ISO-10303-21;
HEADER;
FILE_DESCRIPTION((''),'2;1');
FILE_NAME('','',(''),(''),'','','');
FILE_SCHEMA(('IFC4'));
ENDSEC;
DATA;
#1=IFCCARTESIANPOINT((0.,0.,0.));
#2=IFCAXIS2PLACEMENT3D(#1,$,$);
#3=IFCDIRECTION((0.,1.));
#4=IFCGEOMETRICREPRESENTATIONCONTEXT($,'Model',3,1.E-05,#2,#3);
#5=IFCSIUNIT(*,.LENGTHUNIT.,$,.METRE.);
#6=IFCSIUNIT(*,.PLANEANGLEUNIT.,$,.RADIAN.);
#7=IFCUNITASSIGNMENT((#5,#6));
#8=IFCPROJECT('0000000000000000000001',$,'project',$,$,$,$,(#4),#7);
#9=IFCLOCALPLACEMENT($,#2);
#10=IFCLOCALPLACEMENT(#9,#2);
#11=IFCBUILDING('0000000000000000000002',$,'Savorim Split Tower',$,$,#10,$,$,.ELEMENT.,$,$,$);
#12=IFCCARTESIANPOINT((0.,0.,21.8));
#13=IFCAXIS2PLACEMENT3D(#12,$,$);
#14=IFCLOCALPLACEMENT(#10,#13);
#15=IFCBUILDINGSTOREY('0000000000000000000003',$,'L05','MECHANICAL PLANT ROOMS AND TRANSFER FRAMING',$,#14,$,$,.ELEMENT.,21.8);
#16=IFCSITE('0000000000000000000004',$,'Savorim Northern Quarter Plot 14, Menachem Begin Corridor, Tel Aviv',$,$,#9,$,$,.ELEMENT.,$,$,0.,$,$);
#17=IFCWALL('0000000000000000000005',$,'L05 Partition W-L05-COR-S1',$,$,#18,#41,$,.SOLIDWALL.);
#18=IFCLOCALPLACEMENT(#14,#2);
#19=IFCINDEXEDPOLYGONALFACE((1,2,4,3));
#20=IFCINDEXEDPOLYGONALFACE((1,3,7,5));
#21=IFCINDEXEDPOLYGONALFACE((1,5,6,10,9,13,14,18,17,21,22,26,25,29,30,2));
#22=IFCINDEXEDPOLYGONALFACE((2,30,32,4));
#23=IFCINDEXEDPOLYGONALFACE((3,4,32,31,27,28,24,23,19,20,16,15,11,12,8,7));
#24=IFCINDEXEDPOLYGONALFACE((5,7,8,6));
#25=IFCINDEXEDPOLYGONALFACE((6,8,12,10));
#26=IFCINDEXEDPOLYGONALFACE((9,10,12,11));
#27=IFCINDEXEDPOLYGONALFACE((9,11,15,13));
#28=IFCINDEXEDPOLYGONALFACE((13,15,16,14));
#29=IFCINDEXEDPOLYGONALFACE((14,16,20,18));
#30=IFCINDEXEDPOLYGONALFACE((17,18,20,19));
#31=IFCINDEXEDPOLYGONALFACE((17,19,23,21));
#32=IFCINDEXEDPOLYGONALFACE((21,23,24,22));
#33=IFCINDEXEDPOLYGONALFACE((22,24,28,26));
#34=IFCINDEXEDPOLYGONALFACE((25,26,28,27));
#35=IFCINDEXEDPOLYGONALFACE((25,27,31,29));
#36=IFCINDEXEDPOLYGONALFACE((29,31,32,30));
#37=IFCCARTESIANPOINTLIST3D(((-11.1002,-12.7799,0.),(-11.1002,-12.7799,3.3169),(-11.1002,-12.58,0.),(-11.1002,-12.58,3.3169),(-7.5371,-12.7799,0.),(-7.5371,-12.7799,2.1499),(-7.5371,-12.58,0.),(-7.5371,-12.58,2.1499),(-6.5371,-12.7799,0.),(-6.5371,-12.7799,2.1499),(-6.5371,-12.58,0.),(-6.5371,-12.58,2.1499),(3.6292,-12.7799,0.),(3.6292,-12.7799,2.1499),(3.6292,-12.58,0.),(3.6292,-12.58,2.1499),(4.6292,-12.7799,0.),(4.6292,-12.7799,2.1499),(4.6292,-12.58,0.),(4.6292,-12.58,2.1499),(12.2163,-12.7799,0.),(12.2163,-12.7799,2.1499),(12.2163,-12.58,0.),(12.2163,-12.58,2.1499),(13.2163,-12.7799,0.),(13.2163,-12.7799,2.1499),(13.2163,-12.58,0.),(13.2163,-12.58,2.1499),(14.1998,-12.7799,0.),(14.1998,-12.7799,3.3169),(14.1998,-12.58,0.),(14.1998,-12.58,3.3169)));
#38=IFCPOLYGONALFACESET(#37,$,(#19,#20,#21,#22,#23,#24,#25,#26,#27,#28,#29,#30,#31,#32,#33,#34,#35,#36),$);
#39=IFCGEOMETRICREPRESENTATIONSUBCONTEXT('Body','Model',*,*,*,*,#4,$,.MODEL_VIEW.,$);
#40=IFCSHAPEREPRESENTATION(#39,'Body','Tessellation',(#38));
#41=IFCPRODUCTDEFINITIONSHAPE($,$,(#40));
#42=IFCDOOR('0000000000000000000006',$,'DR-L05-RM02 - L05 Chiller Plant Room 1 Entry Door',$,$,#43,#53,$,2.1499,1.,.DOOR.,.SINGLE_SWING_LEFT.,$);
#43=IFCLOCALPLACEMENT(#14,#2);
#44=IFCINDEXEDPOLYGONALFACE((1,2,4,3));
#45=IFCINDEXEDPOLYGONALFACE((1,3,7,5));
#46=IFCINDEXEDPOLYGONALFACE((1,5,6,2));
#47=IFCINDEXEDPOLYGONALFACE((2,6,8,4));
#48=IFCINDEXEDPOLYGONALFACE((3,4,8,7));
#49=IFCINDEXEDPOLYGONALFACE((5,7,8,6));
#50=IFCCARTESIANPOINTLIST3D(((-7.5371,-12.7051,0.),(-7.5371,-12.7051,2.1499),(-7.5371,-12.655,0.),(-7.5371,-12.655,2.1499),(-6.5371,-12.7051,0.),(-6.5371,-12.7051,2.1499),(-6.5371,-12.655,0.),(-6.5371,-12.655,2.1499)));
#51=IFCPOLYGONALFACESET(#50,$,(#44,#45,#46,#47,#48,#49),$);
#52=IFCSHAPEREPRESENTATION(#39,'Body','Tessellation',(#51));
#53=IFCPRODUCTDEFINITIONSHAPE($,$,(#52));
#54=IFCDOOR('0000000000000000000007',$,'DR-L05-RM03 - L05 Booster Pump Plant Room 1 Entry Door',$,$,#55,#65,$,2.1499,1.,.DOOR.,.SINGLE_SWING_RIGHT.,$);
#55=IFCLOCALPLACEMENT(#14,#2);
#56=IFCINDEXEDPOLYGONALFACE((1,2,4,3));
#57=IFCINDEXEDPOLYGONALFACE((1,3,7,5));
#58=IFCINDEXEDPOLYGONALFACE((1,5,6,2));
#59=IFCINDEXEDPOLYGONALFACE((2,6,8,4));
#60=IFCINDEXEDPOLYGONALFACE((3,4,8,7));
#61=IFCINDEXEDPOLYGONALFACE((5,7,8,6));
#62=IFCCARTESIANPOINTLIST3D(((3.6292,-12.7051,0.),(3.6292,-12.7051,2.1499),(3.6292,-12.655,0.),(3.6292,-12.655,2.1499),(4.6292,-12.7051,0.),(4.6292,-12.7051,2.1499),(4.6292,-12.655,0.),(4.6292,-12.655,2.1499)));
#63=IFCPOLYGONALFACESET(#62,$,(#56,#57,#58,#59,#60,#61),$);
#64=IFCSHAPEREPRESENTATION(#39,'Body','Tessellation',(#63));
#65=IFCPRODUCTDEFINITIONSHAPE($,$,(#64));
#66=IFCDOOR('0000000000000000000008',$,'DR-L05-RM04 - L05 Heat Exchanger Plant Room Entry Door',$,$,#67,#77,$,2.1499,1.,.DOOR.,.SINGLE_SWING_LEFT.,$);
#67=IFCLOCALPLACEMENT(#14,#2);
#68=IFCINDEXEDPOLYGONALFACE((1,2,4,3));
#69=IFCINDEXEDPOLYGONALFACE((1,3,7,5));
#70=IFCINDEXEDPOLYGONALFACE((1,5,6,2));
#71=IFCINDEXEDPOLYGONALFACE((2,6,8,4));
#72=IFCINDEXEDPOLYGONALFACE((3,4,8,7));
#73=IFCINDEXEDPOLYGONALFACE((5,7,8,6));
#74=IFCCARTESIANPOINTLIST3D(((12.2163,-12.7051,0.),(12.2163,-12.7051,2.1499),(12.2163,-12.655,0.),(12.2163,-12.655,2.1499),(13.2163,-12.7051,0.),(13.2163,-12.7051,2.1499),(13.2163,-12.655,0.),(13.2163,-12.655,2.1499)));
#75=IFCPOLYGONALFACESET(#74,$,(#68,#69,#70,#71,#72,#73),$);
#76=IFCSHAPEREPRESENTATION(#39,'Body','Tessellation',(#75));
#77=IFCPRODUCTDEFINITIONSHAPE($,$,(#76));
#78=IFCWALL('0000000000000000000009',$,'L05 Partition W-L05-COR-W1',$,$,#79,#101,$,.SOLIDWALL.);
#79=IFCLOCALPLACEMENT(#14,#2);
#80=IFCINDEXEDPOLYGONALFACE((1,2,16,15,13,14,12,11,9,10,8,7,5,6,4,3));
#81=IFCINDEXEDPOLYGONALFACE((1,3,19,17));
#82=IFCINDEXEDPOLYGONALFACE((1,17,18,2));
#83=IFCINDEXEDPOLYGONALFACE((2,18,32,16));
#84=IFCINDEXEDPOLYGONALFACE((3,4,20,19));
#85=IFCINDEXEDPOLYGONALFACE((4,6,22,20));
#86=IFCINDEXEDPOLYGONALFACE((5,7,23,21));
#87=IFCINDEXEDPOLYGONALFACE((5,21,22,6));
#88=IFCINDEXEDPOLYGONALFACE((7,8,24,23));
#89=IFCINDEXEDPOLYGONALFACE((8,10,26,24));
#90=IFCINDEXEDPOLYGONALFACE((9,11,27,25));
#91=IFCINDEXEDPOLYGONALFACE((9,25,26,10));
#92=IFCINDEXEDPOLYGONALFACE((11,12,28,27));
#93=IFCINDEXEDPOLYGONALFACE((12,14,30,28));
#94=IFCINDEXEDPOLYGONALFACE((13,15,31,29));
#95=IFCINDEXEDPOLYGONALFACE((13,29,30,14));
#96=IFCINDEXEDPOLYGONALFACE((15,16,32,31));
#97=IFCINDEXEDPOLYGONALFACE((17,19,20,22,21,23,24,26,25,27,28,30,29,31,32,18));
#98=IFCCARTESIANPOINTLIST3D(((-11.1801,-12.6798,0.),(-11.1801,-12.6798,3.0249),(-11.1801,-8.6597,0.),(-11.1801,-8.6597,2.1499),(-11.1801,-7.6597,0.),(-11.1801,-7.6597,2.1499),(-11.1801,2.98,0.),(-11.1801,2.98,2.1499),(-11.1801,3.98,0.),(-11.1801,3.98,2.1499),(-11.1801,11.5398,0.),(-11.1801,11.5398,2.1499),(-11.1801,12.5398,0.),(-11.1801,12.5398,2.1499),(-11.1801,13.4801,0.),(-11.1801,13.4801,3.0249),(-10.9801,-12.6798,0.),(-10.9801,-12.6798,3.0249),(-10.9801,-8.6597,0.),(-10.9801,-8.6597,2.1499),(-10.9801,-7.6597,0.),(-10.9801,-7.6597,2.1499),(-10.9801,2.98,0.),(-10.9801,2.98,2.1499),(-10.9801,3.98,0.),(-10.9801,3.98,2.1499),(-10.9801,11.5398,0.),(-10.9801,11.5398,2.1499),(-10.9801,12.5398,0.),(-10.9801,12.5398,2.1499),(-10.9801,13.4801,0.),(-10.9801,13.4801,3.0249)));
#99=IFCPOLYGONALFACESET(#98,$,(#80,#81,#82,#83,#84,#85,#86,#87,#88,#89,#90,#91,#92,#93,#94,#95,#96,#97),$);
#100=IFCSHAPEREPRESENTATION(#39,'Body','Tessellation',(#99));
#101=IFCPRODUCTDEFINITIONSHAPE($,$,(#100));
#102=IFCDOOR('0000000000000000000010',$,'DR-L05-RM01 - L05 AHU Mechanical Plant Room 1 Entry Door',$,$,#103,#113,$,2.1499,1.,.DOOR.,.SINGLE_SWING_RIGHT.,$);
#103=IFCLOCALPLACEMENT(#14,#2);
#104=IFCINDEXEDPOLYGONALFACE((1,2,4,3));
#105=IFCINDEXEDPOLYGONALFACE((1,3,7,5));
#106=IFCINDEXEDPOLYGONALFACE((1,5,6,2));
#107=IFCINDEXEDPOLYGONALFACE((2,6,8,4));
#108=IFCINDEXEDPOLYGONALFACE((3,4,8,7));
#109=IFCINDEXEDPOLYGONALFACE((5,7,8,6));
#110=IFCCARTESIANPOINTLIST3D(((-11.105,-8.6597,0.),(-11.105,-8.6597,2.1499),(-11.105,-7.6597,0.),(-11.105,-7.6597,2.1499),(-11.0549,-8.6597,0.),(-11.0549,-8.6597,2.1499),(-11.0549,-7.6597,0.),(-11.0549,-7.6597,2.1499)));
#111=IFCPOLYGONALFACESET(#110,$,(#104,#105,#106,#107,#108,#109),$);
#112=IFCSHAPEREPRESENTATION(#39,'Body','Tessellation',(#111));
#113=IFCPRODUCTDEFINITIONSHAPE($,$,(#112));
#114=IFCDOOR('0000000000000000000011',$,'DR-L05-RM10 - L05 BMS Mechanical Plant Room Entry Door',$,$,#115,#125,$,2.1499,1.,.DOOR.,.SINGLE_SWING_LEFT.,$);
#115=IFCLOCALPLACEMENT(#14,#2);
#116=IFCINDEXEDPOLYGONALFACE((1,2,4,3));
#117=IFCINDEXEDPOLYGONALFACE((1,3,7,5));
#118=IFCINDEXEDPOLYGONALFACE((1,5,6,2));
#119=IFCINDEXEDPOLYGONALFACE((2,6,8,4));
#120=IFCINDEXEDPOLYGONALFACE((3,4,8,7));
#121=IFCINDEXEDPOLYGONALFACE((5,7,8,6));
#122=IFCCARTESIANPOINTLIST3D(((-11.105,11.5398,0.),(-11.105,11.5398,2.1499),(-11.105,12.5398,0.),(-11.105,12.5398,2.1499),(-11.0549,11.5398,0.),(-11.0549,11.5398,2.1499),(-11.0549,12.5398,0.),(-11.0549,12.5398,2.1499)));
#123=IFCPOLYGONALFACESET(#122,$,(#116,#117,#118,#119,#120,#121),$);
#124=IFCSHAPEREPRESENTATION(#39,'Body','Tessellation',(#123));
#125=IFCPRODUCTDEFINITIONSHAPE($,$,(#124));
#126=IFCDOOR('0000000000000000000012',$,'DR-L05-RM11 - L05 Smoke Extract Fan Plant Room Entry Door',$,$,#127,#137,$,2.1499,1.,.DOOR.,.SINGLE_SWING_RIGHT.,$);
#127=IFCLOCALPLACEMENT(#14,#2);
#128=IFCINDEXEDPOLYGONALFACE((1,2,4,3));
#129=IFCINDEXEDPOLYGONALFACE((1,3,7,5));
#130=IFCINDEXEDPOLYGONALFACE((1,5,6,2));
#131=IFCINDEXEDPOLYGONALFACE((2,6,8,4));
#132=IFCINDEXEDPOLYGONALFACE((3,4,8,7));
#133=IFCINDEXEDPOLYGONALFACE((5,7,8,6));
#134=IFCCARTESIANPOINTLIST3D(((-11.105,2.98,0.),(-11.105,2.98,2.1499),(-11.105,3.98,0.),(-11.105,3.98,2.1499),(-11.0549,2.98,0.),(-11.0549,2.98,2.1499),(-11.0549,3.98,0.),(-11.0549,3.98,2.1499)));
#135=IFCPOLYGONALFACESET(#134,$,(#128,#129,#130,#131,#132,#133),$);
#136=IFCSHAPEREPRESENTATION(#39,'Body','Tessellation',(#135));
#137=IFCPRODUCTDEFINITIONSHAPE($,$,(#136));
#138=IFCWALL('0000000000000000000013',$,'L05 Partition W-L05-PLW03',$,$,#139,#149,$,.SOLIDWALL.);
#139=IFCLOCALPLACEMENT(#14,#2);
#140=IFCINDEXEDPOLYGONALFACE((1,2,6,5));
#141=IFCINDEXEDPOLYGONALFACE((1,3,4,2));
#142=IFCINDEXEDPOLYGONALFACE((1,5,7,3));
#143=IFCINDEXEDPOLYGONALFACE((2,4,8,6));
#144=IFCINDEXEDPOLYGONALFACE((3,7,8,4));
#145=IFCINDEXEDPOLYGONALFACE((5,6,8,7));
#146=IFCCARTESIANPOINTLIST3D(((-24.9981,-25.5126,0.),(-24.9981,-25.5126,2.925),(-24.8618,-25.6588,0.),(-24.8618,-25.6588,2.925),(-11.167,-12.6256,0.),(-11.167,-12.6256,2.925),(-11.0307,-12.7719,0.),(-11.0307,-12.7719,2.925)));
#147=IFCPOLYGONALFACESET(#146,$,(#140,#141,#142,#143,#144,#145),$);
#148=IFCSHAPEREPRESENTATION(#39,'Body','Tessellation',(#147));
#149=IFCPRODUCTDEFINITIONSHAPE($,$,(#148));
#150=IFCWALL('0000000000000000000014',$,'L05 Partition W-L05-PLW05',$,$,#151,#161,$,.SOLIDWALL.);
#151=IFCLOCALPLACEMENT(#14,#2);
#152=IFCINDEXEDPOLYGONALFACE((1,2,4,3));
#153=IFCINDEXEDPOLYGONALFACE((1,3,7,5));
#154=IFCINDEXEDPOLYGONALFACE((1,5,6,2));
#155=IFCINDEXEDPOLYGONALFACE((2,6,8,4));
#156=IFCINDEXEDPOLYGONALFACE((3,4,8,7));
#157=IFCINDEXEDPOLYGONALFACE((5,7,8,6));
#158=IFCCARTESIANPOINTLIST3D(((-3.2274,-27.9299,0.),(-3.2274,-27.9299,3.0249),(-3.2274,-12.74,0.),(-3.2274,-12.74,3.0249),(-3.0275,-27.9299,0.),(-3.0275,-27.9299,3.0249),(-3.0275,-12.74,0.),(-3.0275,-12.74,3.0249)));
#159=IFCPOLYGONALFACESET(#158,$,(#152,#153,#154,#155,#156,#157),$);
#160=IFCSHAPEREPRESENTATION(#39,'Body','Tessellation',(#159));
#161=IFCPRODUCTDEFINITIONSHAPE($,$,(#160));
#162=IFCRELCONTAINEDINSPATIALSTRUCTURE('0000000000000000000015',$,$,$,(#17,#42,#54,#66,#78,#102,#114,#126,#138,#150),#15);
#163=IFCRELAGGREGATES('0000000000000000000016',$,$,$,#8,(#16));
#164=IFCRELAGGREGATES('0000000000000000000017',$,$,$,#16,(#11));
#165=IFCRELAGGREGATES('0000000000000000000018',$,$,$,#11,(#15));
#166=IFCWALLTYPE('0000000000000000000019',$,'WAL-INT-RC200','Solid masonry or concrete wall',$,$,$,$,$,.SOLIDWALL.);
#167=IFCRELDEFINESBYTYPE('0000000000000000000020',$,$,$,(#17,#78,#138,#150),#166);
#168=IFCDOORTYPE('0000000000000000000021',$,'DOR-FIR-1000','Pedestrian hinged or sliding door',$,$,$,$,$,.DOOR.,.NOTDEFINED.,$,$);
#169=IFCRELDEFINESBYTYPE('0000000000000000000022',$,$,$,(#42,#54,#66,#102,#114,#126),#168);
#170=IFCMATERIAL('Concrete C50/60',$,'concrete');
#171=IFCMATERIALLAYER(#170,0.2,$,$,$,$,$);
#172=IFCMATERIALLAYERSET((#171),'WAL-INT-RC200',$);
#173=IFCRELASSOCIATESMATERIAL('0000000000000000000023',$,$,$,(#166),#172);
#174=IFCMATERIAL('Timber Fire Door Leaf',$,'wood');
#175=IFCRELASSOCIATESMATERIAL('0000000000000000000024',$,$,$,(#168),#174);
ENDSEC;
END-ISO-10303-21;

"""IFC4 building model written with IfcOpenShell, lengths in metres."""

from ifc_helpers import new_model, si_unit, direction, frame, frame_2d, origin, place, context, subcontext, project, spatial, rectangle, extrude, material, layer, layer_set, type_object, element, fill, save


model = new_model("IFC4")

# Units and contexts
model_context = context("Model", 3, precision=1e-05, world=origin(), true_north=direction((0.0, 1.0)))
body_context = subcontext(model_context, "Body", "Model", "MODEL_VIEW")
ifc_project = project(units=[si_unit("LENGTHUNIT", "METRE"), si_unit("PLANEANGLEUNIT", "RADIAN")], contexts=[model_context])

# Site, building, storey
site_placement = place(None, origin())
site = spatial("IfcSite", under=ifc_project, at=site_placement, Name="Savorim Northern Quarter Plot 14, Menachem Begin Corridor, Tel Aviv", CompositionType="ELEMENT", RefElevation=0.0)
building_placement = place(site_placement, origin())
building = spatial("IfcBuilding", under=site, at=building_placement, Name="Savorim Split Tower", CompositionType="ELEMENT")
storey_placement = place(building_placement, frame((0.0, 0.0, 21.8)))
storey = spatial("IfcBuildingStorey", under=building, at=storey_placement, Name="L05", Description="MECHANICAL PLANT ROOMS AND TRANSFER FRAMING", CompositionType="ELEMENT", Elevation=21.8)

# Shared definitions
ifc_material_1 = material(Name="Timber Fire Door Leaf", Category="wood")

# Walls, openings, doors
ifc_material_2 = material(Name="Concrete C50/60", Category="concrete")
ifc_layer_1 = layer(ifc_material_2, 0.2)
ifc_layer_set_1 = layer_set([ifc_layer_1], Name="WAL-INT-RC200")
wall_type_1 = type_object("IfcWallType", Name="WAL-INT-RC200", Description="Solid masonry or concrete wall", PredefinedType="SOLIDWALL", material=ifc_layer_set_1)
wall_1_placement = place(storey_placement, frame((-11.1001, -12.6799, 0.0), z_axis=(0.0, 0.0, 1.0), x_axis=(1.0, 0.0, 0.0)))
wall_1 = element("IfcWall", 1, at=wall_1_placement, inside=storey, type_object=wall_type_1, Name="L05 Partition W-L05-COR-S1", PredefinedType="SOLIDWALL", context=body_context, shape_type="SweptSolid", body=[
    extrude(rectangle(XDim=25.3, YDim=0.2, at=frame_2d((12.6499, 0.0))), origin(), (0.0, 0.0, 1.0), 3.3169),
])
opening_1_placement = place(wall_1_placement, frame((3.563, 0.0, 0.0)))
opening_1 = element("IfcOpeningElement", 2, at=opening_1_placement, cuts=wall_1, PredefinedType="OPENING", context=body_context, shape_type="SweptSolid", body=[
    extrude(rectangle(XDim=1.0, YDim=2.1499, at=frame_2d((0.5, 1.075))), frame((0.0, 0.1099, 0.0), z_axis=(0.0, -1.0, 0.0), x_axis=(1.0, 0.0, 0.0)), (0.0, 0.0, 1.0), 0.22),
])
opening_2_placement = place(wall_1_placement, frame((14.7292, 0.0, 0.0)))
opening_2 = element("IfcOpeningElement", 3, at=opening_2_placement, cuts=wall_1, PredefinedType="OPENING", context=body_context, shape_type="SweptSolid", body=[
    extrude(rectangle(XDim=1.0, YDim=2.1499, at=frame_2d((0.5, 1.075))), frame((0.0, 0.1099, 0.0), z_axis=(0.0, -1.0, 0.0), x_axis=(1.0, 0.0, 0.0)), (0.0, 0.0, 1.0), 0.22),
])
opening_3_placement = place(wall_1_placement, frame((23.3164, 0.0, 0.0)))
opening_3 = element("IfcOpeningElement", 4, at=opening_3_placement, cuts=wall_1, PredefinedType="OPENING", context=body_context, shape_type="SweptSolid", body=[
    extrude(rectangle(XDim=1.0, YDim=2.1499, at=frame_2d((0.5, 1.075))), frame((0.0, 0.1099, 0.0), z_axis=(0.0, -1.0, 0.0), x_axis=(1.0, 0.0, 0.0)), (0.0, 0.0, 1.0), 0.22),
])
door_type_1 = type_object("IfcDoorType", Name="DOR-FIR-1000", Description="Pedestrian hinged or sliding door", OperationType="NOTDEFINED", PredefinedType="DOOR", material=ifc_material_1)
door_1_placement = place(opening_1_placement, origin())
door_1 = element("IfcDoor", 5, at=door_1_placement, inside=storey, type_object=door_type_1, Name="DR-L05-RM02 - L05 Chiller Plant Room 1 Entry Door", OperationType="SINGLE_SWING_LEFT", OverallHeight=2.1499, OverallWidth=1.0, PredefinedType="DOOR", context=body_context, shape_type="SweptSolid", body=[
    extrude(rectangle(XDim=1.0, YDim=2.1499, at=frame_2d((0.5, 1.075))), frame((0.0, 0.0249, 0.0), z_axis=(0.0, -1.0, 0.0), x_axis=(1.0, 0.0, 0.0)), (0.0, 0.0, 1.0), 0.05),
])
fill(opening_1, door_1)
door_2_placement = place(opening_2_placement, origin())
door_2 = element("IfcDoor", 6, at=door_2_placement, inside=storey, type_object=door_type_1, Name="DR-L05-RM03 - L05 Booster Pump Plant Room 1 Entry Door", OperationType="SINGLE_SWING_RIGHT", OverallHeight=2.1499, OverallWidth=1.0, PredefinedType="DOOR", context=body_context, shape_type="SweptSolid", body=[
    extrude(rectangle(XDim=1.0, YDim=2.1499, at=frame_2d((0.5, 1.075))), frame((0.0, 0.0249, 0.0), z_axis=(0.0, -1.0, 0.0), x_axis=(1.0, 0.0, 0.0)), (0.0, 0.0, 1.0), 0.05),
])
fill(opening_2, door_2)
door_3_placement = place(opening_3_placement, origin())
door_3 = element("IfcDoor", 7, at=door_3_placement, inside=storey, type_object=door_type_1, Name="DR-L05-RM04 - L05 Heat Exchanger Plant Room Entry Door", OperationType="SINGLE_SWING_LEFT", OverallHeight=2.1499, OverallWidth=1.0, PredefinedType="DOOR", context=body_context, shape_type="SweptSolid", body=[
    extrude(rectangle(XDim=1.0, YDim=2.1499, at=frame_2d((0.5, 1.075))), frame((0.0, 0.0249, 0.0), z_axis=(0.0, -1.0, 0.0), x_axis=(1.0, 0.0, 0.0)), (0.0, 0.0, 1.0), 0.05),
])
fill(opening_3, door_3)
wall_2_placement = place(storey_placement, frame((-11.0801, -12.6799, 0.0), z_axis=(0.0, 0.0, 1.0), x_axis=(0.0, 1.0, 0.0)))
wall_2 = element("IfcWall", 8, at=wall_2_placement, inside=storey, type_object=wall_type_1, Name="L05 Partition W-L05-COR-W1", PredefinedType="SOLIDWALL", context=body_context, shape_type="SweptSolid", body=[
    extrude(rectangle(XDim=26.1599, YDim=0.2, at=frame_2d((13.0801, 0.0))), origin(), (0.0, 0.0, 1.0), 3.0249),
])
opening_4_placement = place(wall_2_placement, frame((4.0203, 0.0, 0.0)))
opening_4 = element("IfcOpeningElement", 9, at=opening_4_placement, cuts=wall_2, PredefinedType="OPENING", context=body_context, shape_type="SweptSolid", body=[
    extrude(rectangle(XDim=1.0, YDim=2.1499, at=frame_2d((0.5, 1.075))), frame((0.0, 0.1099, 0.0), z_axis=(0.0, -1.0, 0.0), x_axis=(1.0, 0.0, 0.0)), (0.0, 0.0, 1.0), 0.22),
])
opening_5_placement = place(wall_2_placement, frame((24.2197, 0.0, 0.0)))
opening_5 = element("IfcOpeningElement", 10, at=opening_5_placement, cuts=wall_2, PredefinedType="OPENING", context=body_context, shape_type="SweptSolid", body=[
    extrude(rectangle(XDim=1.0, YDim=2.1499, at=frame_2d((0.5, 1.075))), frame((0.0, 0.1099, 0.0), z_axis=(0.0, -1.0, 0.0), x_axis=(1.0, 0.0, 0.0)), (0.0, 0.0, 1.0), 0.22),
])
opening_6_placement = place(wall_2_placement, frame((15.6599, 0.0, 0.0)))
opening_6 = element("IfcOpeningElement", 11, at=opening_6_placement, cuts=wall_2, PredefinedType="OPENING", context=body_context, shape_type="SweptSolid", body=[
    extrude(rectangle(XDim=1.0, YDim=2.1499, at=frame_2d((0.5, 1.075))), frame((0.0, 0.1099, 0.0), z_axis=(0.0, -1.0, 0.0), x_axis=(1.0, 0.0, 0.0)), (0.0, 0.0, 1.0), 0.22),
])
door_4_placement = place(opening_4_placement, origin())
door_4 = element("IfcDoor", 12, at=door_4_placement, inside=storey, type_object=door_type_1, Name="DR-L05-RM01 - L05 AHU Mechanical Plant Room 1 Entry Door", OperationType="SINGLE_SWING_RIGHT", OverallHeight=2.1499, OverallWidth=1.0, PredefinedType="DOOR", context=body_context, shape_type="SweptSolid", body=[
    extrude(rectangle(XDim=1.0, YDim=2.1499, at=frame_2d((0.5, 1.075))), frame((0.0, 0.0249, 0.0), z_axis=(0.0, -1.0, 0.0), x_axis=(1.0, 0.0, 0.0)), (0.0, 0.0, 1.0), 0.05),
])
fill(opening_4, door_4)
door_5_placement = place(opening_5_placement, origin())
door_5 = element("IfcDoor", 13, at=door_5_placement, inside=storey, type_object=door_type_1, Name="DR-L05-RM10 - L05 BMS Mechanical Plant Room Entry Door", OperationType="SINGLE_SWING_LEFT", OverallHeight=2.1499, OverallWidth=1.0, PredefinedType="DOOR", context=body_context, shape_type="SweptSolid", body=[
    extrude(rectangle(XDim=1.0, YDim=2.1499, at=frame_2d((0.5, 1.075))), frame((0.0, 0.0249, 0.0), z_axis=(0.0, -1.0, 0.0), x_axis=(1.0, 0.0, 0.0)), (0.0, 0.0, 1.0), 0.05),
])
fill(opening_5, door_5)
door_6_placement = place(opening_6_placement, origin())
door_6 = element("IfcDoor", 14, at=door_6_placement, inside=storey, type_object=door_type_1, Name="DR-L05-RM11 - L05 Smoke Extract Fan Plant Room Entry Door", OperationType="SINGLE_SWING_RIGHT", OverallHeight=2.1499, OverallWidth=1.0, PredefinedType="DOOR", context=body_context, shape_type="SweptSolid", body=[
    extrude(rectangle(XDim=1.0, YDim=2.1499, at=frame_2d((0.5, 1.075))), frame((0.0, 0.0249, 0.0), z_axis=(0.0, -1.0, 0.0), x_axis=(1.0, 0.0, 0.0)), (0.0, 0.0, 1.0), 0.05),
])
fill(opening_6, door_6)

# Walls
wall_3_placement = place(storey_placement, frame((-11.0989, -12.6987, 0.0), z_axis=(0.0, 0.0, 1.0), x_axis=(-0.731636, -0.681695, 0.0)))
element("IfcWall", 15, at=wall_3_placement, inside=storey, type_object=wall_type_1, Name="L05 Partition W-L05-PLW03", PredefinedType="SOLIDWALL", context=body_context, shape_type="SweptSolid", body=[
    extrude(rectangle(XDim=18.9043, YDim=0.2, at=frame_2d((9.4521, 0.0))), origin(), (0.0, 0.0, 1.0), 2.925),
])
wall_4_placement = place(storey_placement, frame((-3.1274, -12.74, 0.0), z_axis=(0.0, 0.0, 1.0), x_axis=(0.0, -1.0, 0.0)))
element("IfcWall", 16, at=wall_4_placement, inside=storey, type_object=wall_type_1, Name="L05 Partition W-L05-PLW05", PredefinedType="SOLIDWALL", context=body_context, shape_type="SweptSolid", body=[
    extrude(rectangle(XDim=15.1899, YDim=0.2, at=frame_2d((7.595, 0.0))), origin(), (0.0, 0.0, 1.0), 3.0249),
])

save(model, "model.ifc")
